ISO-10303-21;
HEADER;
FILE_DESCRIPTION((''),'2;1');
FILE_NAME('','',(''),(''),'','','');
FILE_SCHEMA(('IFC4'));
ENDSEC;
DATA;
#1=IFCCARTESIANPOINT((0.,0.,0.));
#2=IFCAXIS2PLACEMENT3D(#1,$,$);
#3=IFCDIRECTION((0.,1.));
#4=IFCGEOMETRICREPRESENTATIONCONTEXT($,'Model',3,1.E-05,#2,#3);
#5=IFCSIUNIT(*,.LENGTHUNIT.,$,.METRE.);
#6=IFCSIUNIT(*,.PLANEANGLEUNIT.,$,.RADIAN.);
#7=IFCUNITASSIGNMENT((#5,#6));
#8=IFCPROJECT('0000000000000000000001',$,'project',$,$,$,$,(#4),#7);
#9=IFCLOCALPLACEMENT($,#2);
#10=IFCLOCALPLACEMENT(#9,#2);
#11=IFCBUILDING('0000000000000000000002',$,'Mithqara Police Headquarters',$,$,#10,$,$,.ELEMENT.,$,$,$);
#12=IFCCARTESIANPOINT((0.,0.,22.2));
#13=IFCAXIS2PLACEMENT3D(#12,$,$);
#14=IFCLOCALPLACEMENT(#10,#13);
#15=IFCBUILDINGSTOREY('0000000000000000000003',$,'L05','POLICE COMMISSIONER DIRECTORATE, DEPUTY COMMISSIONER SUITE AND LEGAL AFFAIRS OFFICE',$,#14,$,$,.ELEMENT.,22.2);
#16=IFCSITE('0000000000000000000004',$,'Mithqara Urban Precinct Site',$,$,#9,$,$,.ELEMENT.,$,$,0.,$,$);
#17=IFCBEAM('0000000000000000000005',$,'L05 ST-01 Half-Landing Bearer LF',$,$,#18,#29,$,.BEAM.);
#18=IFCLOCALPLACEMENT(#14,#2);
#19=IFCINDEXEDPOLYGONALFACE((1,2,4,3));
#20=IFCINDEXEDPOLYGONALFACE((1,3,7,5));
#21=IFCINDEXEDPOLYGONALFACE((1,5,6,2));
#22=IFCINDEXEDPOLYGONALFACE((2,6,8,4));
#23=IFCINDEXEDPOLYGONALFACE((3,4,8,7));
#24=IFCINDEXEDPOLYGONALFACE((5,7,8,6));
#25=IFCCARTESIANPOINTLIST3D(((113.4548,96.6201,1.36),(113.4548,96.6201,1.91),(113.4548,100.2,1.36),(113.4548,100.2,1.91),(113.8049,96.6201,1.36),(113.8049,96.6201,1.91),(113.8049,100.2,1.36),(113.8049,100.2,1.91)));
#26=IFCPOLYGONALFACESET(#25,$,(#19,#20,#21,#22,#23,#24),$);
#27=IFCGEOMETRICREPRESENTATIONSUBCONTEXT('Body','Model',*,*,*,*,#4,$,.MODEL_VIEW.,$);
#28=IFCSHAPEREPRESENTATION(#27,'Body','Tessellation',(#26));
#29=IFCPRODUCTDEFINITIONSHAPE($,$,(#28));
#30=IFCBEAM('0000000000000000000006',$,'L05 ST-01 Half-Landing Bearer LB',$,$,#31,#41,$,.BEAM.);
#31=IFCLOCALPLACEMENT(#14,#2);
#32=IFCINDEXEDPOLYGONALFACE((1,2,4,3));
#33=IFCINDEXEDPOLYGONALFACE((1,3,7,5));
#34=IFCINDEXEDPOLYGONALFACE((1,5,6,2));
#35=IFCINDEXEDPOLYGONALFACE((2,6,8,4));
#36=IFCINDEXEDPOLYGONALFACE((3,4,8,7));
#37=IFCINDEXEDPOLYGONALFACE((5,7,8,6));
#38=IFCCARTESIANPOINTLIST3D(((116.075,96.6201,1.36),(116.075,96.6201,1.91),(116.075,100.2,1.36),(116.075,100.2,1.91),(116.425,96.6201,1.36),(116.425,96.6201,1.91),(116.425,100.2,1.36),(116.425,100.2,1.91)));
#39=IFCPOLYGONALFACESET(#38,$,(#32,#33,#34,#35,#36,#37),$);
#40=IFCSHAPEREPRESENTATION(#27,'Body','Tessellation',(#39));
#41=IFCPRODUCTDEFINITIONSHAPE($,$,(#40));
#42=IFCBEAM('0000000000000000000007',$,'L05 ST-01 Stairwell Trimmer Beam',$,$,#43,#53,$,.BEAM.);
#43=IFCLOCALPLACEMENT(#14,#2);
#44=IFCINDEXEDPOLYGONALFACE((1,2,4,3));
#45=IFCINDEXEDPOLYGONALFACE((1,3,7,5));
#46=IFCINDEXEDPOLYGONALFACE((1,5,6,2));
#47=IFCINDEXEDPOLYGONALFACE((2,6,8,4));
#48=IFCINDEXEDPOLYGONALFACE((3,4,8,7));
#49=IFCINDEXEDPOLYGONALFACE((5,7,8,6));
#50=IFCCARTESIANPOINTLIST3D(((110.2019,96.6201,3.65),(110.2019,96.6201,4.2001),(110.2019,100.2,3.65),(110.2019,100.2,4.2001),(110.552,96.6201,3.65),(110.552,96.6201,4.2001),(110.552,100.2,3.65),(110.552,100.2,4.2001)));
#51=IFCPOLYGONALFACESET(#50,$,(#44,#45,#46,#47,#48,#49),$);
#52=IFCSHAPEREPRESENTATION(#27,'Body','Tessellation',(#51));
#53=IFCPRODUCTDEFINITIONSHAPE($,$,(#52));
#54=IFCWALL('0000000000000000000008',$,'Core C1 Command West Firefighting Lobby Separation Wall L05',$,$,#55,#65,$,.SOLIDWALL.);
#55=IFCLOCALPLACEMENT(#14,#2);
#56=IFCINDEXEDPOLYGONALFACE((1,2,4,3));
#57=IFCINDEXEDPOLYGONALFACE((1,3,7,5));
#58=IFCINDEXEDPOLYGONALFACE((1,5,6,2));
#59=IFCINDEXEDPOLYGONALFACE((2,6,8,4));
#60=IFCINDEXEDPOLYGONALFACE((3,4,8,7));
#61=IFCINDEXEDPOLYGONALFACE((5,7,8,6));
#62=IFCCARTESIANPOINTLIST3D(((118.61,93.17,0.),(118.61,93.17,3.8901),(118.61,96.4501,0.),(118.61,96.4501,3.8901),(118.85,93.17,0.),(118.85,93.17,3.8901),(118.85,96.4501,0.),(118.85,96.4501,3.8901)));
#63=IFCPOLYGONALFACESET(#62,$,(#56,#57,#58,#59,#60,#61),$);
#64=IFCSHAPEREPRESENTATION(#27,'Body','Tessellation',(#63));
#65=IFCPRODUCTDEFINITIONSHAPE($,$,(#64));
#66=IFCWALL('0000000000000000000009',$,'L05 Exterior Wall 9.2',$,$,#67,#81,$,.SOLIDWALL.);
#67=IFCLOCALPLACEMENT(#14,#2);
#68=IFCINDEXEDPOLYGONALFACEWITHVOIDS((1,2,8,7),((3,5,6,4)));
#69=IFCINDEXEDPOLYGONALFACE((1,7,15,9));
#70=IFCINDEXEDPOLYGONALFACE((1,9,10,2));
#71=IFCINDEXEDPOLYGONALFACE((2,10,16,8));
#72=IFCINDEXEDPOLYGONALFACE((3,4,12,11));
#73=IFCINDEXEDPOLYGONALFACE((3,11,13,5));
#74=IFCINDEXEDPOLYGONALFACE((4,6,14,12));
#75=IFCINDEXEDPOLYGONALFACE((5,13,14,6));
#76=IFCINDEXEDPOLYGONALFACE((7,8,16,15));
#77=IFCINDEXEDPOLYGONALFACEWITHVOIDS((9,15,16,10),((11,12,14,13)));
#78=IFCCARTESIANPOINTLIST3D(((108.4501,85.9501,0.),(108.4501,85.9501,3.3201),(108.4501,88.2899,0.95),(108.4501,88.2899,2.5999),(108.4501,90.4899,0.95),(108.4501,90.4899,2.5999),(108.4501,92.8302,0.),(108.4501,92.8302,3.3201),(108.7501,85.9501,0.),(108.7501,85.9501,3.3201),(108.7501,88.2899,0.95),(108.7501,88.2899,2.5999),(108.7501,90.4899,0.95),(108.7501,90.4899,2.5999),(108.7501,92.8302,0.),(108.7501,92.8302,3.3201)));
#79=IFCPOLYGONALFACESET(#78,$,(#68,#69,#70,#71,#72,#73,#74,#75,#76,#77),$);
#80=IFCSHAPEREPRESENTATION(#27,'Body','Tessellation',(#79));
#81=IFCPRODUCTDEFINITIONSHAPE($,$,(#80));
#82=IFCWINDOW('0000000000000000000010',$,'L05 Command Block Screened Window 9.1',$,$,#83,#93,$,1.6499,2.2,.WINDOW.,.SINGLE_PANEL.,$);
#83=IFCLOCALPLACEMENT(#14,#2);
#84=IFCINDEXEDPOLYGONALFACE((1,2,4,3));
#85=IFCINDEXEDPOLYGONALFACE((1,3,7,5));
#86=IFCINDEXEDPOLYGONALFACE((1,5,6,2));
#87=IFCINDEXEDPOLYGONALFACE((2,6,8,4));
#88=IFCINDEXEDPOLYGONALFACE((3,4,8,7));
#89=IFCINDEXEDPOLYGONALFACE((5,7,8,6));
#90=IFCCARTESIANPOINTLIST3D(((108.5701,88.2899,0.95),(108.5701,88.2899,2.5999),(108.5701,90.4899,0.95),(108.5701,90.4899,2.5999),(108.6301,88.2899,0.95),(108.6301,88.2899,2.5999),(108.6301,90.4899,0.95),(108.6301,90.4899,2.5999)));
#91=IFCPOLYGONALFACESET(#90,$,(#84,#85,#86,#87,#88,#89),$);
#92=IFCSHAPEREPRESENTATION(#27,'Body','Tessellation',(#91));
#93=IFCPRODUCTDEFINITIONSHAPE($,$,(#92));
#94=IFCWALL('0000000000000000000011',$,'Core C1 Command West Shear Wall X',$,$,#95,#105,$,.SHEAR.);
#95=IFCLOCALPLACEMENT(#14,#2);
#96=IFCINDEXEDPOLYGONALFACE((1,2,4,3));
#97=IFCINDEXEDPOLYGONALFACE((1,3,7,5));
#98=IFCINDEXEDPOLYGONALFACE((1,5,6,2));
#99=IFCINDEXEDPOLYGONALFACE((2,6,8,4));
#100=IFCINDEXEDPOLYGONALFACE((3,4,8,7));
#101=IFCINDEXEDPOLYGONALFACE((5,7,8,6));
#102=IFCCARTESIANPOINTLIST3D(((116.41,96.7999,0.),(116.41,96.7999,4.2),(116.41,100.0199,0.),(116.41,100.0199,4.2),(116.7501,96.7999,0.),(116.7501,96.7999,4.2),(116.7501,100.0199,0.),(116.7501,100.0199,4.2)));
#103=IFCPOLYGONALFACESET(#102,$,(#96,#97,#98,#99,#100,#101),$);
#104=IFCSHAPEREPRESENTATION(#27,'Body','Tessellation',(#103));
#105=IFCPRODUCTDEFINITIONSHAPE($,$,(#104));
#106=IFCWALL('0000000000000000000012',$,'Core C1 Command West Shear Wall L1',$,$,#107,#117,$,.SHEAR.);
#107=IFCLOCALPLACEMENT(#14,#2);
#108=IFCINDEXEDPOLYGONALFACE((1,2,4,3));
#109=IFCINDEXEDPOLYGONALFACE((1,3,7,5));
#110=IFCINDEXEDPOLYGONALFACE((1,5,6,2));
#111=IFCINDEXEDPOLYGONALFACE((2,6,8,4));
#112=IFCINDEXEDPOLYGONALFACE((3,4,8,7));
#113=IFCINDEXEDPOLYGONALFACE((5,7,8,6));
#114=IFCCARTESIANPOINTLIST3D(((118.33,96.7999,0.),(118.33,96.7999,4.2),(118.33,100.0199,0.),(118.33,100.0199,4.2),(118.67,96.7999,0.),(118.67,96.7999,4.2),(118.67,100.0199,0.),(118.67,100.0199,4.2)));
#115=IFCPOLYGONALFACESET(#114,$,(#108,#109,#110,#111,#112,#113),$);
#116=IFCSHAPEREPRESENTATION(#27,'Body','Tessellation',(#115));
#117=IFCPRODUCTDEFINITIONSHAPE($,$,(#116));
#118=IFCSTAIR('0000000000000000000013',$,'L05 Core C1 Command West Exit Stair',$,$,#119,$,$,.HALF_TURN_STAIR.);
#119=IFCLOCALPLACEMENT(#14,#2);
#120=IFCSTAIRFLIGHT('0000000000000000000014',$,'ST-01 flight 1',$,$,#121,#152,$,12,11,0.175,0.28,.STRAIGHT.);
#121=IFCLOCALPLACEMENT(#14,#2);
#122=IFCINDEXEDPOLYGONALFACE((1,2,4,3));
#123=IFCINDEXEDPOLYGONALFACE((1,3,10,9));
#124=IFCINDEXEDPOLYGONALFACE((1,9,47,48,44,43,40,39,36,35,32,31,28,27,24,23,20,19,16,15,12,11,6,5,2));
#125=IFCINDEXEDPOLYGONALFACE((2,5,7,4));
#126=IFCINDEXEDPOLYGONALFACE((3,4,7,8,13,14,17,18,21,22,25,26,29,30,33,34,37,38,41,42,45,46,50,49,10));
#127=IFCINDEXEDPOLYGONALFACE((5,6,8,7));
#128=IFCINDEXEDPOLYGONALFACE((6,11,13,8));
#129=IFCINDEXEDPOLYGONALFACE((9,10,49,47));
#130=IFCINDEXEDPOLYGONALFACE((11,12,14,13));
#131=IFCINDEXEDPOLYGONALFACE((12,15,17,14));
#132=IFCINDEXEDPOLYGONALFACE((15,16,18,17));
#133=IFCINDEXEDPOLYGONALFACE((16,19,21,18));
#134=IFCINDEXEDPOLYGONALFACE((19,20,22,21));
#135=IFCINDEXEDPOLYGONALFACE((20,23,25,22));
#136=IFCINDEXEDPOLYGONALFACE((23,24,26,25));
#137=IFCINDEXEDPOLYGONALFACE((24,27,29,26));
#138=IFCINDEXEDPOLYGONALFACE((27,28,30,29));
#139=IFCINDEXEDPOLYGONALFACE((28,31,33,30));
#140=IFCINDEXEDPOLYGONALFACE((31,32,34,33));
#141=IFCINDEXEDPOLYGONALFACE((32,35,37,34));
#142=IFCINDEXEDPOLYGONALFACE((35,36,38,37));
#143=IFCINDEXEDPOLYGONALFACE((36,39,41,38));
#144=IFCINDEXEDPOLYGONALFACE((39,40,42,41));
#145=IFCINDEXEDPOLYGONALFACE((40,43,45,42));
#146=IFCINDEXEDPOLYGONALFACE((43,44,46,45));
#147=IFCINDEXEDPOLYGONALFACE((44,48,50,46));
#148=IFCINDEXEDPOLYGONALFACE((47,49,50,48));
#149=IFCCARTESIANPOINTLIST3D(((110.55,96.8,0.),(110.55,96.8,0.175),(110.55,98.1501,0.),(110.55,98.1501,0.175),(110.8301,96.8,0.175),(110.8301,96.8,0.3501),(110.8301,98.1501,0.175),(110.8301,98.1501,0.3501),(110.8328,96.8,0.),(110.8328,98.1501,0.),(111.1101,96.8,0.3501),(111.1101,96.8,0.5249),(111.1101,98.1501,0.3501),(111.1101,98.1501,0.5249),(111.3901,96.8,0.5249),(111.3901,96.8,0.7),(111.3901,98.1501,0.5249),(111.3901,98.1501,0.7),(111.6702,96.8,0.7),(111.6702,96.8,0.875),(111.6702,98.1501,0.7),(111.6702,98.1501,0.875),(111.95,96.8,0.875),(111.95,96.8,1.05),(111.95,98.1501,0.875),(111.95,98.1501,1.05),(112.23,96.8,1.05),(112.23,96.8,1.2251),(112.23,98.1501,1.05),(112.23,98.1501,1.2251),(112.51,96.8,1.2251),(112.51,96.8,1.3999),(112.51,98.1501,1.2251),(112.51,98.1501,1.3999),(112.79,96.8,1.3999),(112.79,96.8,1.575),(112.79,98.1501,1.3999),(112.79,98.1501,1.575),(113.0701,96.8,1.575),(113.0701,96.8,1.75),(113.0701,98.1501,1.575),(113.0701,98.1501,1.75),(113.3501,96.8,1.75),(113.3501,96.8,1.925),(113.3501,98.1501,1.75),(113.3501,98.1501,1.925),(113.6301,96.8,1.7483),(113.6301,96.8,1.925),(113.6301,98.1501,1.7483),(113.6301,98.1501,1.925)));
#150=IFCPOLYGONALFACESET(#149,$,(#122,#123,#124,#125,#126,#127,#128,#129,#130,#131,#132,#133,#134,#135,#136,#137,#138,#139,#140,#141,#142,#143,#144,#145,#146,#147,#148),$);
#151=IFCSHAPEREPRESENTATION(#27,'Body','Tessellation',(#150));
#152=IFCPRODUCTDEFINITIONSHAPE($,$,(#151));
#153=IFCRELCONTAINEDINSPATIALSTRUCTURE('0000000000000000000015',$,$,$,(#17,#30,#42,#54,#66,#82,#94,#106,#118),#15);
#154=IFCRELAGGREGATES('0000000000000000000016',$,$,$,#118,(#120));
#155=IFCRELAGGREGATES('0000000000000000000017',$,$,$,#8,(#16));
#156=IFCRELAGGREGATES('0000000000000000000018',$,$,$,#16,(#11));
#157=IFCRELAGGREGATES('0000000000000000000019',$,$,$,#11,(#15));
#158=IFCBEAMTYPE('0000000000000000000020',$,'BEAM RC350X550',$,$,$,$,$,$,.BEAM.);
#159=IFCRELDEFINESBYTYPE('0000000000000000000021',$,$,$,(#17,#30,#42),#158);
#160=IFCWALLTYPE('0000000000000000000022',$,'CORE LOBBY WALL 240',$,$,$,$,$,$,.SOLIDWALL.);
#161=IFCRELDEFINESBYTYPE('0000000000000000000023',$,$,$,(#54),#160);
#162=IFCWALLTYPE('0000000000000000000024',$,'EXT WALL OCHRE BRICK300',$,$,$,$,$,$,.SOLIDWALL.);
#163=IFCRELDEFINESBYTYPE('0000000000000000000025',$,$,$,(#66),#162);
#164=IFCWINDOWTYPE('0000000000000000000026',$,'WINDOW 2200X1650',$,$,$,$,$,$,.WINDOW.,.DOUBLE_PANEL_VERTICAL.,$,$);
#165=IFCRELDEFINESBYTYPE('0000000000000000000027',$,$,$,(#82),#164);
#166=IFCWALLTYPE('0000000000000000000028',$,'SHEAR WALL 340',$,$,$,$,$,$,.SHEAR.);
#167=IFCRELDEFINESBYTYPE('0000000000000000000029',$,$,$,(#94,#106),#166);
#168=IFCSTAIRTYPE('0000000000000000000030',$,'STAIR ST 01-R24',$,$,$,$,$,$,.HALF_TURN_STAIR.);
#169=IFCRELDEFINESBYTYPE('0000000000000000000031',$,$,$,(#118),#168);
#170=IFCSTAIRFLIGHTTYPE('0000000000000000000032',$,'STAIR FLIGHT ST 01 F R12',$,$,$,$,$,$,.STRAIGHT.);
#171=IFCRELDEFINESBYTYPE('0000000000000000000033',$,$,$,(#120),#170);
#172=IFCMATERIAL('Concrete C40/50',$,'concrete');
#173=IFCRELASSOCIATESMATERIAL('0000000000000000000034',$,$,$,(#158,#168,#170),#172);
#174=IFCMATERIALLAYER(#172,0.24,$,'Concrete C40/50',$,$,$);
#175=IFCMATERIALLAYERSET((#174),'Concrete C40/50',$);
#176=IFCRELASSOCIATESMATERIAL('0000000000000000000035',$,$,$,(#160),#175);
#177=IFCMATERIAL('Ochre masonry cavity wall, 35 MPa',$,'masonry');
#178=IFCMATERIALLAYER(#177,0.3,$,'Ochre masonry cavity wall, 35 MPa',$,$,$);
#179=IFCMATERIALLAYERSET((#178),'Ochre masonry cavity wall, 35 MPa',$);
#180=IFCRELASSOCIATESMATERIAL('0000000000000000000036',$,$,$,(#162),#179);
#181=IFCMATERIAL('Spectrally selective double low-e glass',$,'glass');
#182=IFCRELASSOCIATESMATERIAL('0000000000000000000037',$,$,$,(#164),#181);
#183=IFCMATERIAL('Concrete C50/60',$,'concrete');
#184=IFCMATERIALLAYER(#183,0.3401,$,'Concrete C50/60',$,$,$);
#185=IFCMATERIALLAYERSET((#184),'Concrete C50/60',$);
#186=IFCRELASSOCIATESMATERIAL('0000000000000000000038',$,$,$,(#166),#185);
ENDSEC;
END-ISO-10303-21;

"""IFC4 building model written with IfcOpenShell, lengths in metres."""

from ifc_helpers import new_model, si_unit, direction, frame, frame_2d, origin, origin_2d, place, context, subcontext, project, spatial, polyline, rectangle, outline, extrude, material, layer, layer_set, material_profile, profile_set, type_object, element, fill, aggregate, save


model = new_model("IFC4")

# Units and contexts
model_context = context("Model", 3, precision=1e-05, world=origin(), true_north=direction((0.0, 1.0)))
body_context = subcontext(model_context, "Body", "Model", "MODEL_VIEW")
ifc_project = project(units=[si_unit("LENGTHUNIT", "METRE"), si_unit("PLANEANGLEUNIT", "RADIAN")], contexts=[model_context])

# Site, building, storey
site_placement = place(None, origin())
site = spatial("IfcSite", under=ifc_project, at=site_placement, Name="Mithqara Urban Precinct Site", CompositionType="ELEMENT", RefElevation=0.0)
building_placement = place(site_placement, origin())
building = spatial("IfcBuilding", under=site, at=building_placement, Name="Mithqara Police Headquarters", CompositionType="ELEMENT")
storey_placement = place(building_placement, frame((0.0, 0.0, 22.2)))
storey = spatial("IfcBuildingStorey", under=building, at=storey_placement, Name="L05", Description="POLICE COMMISSIONER DIRECTORATE, DEPUTY COMMISSIONER SUITE AND LEGAL AFFAIRS OFFICE", CompositionType="ELEMENT", Elevation=22.2)

# Beams
ifc_material_1 = material(Name="Concrete C40/50", Category="concrete")
ifc_material_profile = material_profile(ifc_material_1, rectangle(XDim=0.3501, YDim=0.55, at=origin_2d()), Name="RC 350x550")
ifc_profile_set = profile_set([ifc_material_profile], Name="Concrete C40/50")
beam_type = type_object("IfcBeamType", Name="BEAM RC350X550", PredefinedType="BEAM", material=ifc_profile_set)
for number, where, z_axis, x_axis, name in (
    (1, (113.6299, 96.6201, 1.635), (0.0, 1.0, 0.0), (-1.0, 0.0, 0.0), "L05 ST-01 Half-Landing Bearer LF"),
    (2, (116.25, 96.6201, 1.635), (0.0, 1.0, 0.0), (-1.0, 0.0, 0.0), "L05 ST-01 Half-Landing Bearer LB"),
    (3, (110.377, 96.6201, 3.925), (0.0, 1.0, 0.0), (-1.0, 0.0, 0.0), "L05 ST-01 Stairwell Trimmer Beam"),
):
    element("IfcBeam", number, at=place(storey_placement, frame(where, z_axis=z_axis, x_axis=x_axis)), inside=storey, type_object=beam_type, Name=name, PredefinedType="BEAM", context=body_context, shape_type="SweptSolid", body=[
        extrude(rectangle(XDim=0.3501, YDim=0.55, at=origin_2d()), origin(), (0.0, 0.0, 1.0), 3.5798),
    ])

# Wall
ifc_layer_1 = layer(ifc_material_1, 0.24, Name="Concrete C40/50")
ifc_layer_set_1 = layer_set([ifc_layer_1], Name="Concrete C40/50")
wall_type_1 = type_object("IfcWallType", Name="CORE LOBBY WALL 240", PredefinedType="SOLIDWALL", material=ifc_layer_set_1)
wall_1_placement = place(storey_placement, frame((118.73, 93.1699, 0.0), z_axis=(0.0, 0.0, 1.0), x_axis=(0.0, 1.0, 0.0)))
element("IfcWall", 4, at=wall_1_placement, inside=storey, type_object=wall_type_1, Name="Core C1 Command West Firefighting Lobby Separation Wall L05", PredefinedType="SOLIDWALL", context=body_context, shape_type="SweptSolid", body=[
    extrude(rectangle(XDim=3.28, YDim=0.24, at=frame_2d((1.6401, 0.0))), origin(), (0.0, 0.0, 1.0), 3.8901),
])

# Wall, opening, window
ifc_material_2 = material(Name="Ochre masonry cavity wall, 35 MPa", Category="masonry")
ifc_layer_2 = layer(ifc_material_2, 0.3, Name="Ochre masonry cavity wall, 35 MPa")
ifc_layer_set_2 = layer_set([ifc_layer_2], Name="Ochre masonry cavity wall, 35 MPa")
wall_type_2 = type_object("IfcWallType", Name="EXT WALL OCHRE BRICK300", PredefinedType="SOLIDWALL", material=ifc_layer_set_2)
wall_2_placement = place(storey_placement, frame((108.6001, 92.8301, 0.0), z_axis=(0.0, 0.0, 1.0), x_axis=(0.0, -1.0, 0.0)))
wall_2 = element("IfcWall", 5, at=wall_2_placement, inside=storey, type_object=wall_type_2, Name="L05 Exterior Wall 9.2", PredefinedType="SOLIDWALL", context=body_context, shape_type="SweptSolid", body=[
    extrude(rectangle(XDim=6.8801, YDim=0.3, at=frame_2d((3.4399, 0.0))), origin(), (0.0, 0.0, 1.0), 3.3201),
])
opening_1_placement = place(wall_2_placement, frame((2.3401, 0.0, 0.95)))
opening_1 = element("IfcOpeningElement", 6, at=opening_1_placement, cuts=wall_2, PredefinedType="OPENING", context=body_context, shape_type="SweptSolid", body=[
    extrude(rectangle(XDim=2.2, YDim=1.6499, at=frame_2d((1.1001, 0.825))), frame((0.0, 0.1602, 0.0), z_axis=(0.0, -1.0, 0.0), x_axis=(1.0, 0.0, 0.0)), (0.0, 0.0, 1.0), 0.3201),
])
ifc_material_3 = material(Name="Spectrally selective double low-e glass", Category="glass")
window_type = type_object("IfcWindowType", Name="WINDOW 2200X1650", PartitioningType="DOUBLE_PANEL_VERTICAL", PredefinedType="WINDOW", material=ifc_material_3)
window_placement = place(opening_1_placement, origin())
window = element("IfcWindow", 7, at=window_placement, inside=storey, type_object=window_type, Name="L05 Command Block Screened Window 9.1", OverallHeight=1.6499, OverallWidth=2.2, PartitioningType="SINGLE_PANEL", PredefinedType="WINDOW", context=body_context, shape_type="SweptSolid", body=[
    extrude(rectangle(XDim=2.2, YDim=1.6499, at=frame_2d((1.1001, 0.825))), frame((0.0, 0.03, 0.0), z_axis=(0.0, -1.0, 0.0), x_axis=(1.0, 0.0, 0.0)), (0.0, 0.0, 1.0), 0.0601),
])
fill(opening_1, window)

# Shared definitions
ifc_material_4 = material(Name="Concrete C50/60", Category="concrete")
ifc_layer_3 = layer(ifc_material_4, 0.3401, Name="Concrete C50/60")
ifc_layer_set_3 = layer_set([ifc_layer_3], Name="Concrete C50/60")
wall_type_3 = type_object("IfcWallType", Name="SHEAR WALL 340", PredefinedType="SHEAR", material=ifc_layer_set_3)

# Walls
for number, where, z_axis, x_axis, name in (
    (8, (116.5801, 96.8, 0.0), (0.0, 0.0, 1.0), (0.0, 1.0, 0.0), "Core C1 Command West Shear Wall X"),
    (9, (118.5, 96.8, 0.0), (0.0, 0.0, 1.0), (0.0, 1.0, 0.0), "Core C1 Command West Shear Wall L1"),
):
    element("IfcWall", number, at=place(storey_placement, frame(where, z_axis=z_axis, x_axis=x_axis)), inside=storey, type_object=wall_type_3, Name=name, PredefinedType="SHEAR", context=body_context, shape_type="SweptSolid", body=[
        extrude(rectangle(XDim=3.22, YDim=0.3401, at=frame_2d((1.6099, 0.0))), origin(), (0.0, 0.0, 1.0), 4.2),
    ])

# Stair, stair flight
stair_type = type_object("IfcStairType", Name="STAIR ST 01-R24", PredefinedType="HALF_TURN_STAIR", material=ifc_material_1)
stair_placement = place(storey_placement, origin())
stair = element("IfcStair", 10, at=stair_placement, inside=storey, type_object=stair_type, Name="L05 Core C1 Command West Exit Stair", PredefinedType="HALF_TURN_STAIR")
stair_flight_type = type_object("IfcStairFlightType", Name="STAIR FLIGHT ST 01 F R12", PredefinedType="STRAIGHT", material=ifc_material_1)
stair_flight_placement = place(storey_placement, frame((110.55, 97.4751, 0.0), z_axis=(0.0, 0.0, 1.0), x_axis=(1.0, 0.0, 0.0)))
stair_flight = element("IfcStairFlight", 11, at=stair_flight_placement, type_object=stair_flight_type, Name="ST-01 flight 1", NumberOfRisers=12, NumberOfTreads=11, PredefinedType="STRAIGHT", RiserHeight=0.175, TreadLength=0.28, context=body_context, shape_type="SweptSolid", body=[
    extrude(outline(polyline([(0.0, 0.0), (0.0, 0.175), (0.28, 0.175), (0.28, 0.3501), (0.5601, 0.3501), (0.5601, 0.5249), (0.8401, 0.5249), (0.8401, 0.7), (1.1201, 0.7), (1.1201, 0.875), (1.3999, 0.875), (1.3999, 1.05), (1.6799, 1.05), (1.6799, 1.2251), (1.96, 1.2251), (1.96, 1.3999), (2.24, 1.3999), (2.24, 1.575), (2.52, 1.575), (2.52, 1.75), (2.8, 1.75), (2.8, 1.925), (3.0801, 1.925), (3.0801, 2.1001), (3.0801, 1.7483), (0.2827, 0.0), (0.0, 0.0)])), frame((0.0, 0.675, 0.0), z_axis=(0.0, -1.0, 0.0), x_axis=(1.0, 0.0, 0.0)), (0.0, 0.0, 1.0), 1.3501),
])
aggregate(stair, [stair_flight])

save(model, "model.ifc")
